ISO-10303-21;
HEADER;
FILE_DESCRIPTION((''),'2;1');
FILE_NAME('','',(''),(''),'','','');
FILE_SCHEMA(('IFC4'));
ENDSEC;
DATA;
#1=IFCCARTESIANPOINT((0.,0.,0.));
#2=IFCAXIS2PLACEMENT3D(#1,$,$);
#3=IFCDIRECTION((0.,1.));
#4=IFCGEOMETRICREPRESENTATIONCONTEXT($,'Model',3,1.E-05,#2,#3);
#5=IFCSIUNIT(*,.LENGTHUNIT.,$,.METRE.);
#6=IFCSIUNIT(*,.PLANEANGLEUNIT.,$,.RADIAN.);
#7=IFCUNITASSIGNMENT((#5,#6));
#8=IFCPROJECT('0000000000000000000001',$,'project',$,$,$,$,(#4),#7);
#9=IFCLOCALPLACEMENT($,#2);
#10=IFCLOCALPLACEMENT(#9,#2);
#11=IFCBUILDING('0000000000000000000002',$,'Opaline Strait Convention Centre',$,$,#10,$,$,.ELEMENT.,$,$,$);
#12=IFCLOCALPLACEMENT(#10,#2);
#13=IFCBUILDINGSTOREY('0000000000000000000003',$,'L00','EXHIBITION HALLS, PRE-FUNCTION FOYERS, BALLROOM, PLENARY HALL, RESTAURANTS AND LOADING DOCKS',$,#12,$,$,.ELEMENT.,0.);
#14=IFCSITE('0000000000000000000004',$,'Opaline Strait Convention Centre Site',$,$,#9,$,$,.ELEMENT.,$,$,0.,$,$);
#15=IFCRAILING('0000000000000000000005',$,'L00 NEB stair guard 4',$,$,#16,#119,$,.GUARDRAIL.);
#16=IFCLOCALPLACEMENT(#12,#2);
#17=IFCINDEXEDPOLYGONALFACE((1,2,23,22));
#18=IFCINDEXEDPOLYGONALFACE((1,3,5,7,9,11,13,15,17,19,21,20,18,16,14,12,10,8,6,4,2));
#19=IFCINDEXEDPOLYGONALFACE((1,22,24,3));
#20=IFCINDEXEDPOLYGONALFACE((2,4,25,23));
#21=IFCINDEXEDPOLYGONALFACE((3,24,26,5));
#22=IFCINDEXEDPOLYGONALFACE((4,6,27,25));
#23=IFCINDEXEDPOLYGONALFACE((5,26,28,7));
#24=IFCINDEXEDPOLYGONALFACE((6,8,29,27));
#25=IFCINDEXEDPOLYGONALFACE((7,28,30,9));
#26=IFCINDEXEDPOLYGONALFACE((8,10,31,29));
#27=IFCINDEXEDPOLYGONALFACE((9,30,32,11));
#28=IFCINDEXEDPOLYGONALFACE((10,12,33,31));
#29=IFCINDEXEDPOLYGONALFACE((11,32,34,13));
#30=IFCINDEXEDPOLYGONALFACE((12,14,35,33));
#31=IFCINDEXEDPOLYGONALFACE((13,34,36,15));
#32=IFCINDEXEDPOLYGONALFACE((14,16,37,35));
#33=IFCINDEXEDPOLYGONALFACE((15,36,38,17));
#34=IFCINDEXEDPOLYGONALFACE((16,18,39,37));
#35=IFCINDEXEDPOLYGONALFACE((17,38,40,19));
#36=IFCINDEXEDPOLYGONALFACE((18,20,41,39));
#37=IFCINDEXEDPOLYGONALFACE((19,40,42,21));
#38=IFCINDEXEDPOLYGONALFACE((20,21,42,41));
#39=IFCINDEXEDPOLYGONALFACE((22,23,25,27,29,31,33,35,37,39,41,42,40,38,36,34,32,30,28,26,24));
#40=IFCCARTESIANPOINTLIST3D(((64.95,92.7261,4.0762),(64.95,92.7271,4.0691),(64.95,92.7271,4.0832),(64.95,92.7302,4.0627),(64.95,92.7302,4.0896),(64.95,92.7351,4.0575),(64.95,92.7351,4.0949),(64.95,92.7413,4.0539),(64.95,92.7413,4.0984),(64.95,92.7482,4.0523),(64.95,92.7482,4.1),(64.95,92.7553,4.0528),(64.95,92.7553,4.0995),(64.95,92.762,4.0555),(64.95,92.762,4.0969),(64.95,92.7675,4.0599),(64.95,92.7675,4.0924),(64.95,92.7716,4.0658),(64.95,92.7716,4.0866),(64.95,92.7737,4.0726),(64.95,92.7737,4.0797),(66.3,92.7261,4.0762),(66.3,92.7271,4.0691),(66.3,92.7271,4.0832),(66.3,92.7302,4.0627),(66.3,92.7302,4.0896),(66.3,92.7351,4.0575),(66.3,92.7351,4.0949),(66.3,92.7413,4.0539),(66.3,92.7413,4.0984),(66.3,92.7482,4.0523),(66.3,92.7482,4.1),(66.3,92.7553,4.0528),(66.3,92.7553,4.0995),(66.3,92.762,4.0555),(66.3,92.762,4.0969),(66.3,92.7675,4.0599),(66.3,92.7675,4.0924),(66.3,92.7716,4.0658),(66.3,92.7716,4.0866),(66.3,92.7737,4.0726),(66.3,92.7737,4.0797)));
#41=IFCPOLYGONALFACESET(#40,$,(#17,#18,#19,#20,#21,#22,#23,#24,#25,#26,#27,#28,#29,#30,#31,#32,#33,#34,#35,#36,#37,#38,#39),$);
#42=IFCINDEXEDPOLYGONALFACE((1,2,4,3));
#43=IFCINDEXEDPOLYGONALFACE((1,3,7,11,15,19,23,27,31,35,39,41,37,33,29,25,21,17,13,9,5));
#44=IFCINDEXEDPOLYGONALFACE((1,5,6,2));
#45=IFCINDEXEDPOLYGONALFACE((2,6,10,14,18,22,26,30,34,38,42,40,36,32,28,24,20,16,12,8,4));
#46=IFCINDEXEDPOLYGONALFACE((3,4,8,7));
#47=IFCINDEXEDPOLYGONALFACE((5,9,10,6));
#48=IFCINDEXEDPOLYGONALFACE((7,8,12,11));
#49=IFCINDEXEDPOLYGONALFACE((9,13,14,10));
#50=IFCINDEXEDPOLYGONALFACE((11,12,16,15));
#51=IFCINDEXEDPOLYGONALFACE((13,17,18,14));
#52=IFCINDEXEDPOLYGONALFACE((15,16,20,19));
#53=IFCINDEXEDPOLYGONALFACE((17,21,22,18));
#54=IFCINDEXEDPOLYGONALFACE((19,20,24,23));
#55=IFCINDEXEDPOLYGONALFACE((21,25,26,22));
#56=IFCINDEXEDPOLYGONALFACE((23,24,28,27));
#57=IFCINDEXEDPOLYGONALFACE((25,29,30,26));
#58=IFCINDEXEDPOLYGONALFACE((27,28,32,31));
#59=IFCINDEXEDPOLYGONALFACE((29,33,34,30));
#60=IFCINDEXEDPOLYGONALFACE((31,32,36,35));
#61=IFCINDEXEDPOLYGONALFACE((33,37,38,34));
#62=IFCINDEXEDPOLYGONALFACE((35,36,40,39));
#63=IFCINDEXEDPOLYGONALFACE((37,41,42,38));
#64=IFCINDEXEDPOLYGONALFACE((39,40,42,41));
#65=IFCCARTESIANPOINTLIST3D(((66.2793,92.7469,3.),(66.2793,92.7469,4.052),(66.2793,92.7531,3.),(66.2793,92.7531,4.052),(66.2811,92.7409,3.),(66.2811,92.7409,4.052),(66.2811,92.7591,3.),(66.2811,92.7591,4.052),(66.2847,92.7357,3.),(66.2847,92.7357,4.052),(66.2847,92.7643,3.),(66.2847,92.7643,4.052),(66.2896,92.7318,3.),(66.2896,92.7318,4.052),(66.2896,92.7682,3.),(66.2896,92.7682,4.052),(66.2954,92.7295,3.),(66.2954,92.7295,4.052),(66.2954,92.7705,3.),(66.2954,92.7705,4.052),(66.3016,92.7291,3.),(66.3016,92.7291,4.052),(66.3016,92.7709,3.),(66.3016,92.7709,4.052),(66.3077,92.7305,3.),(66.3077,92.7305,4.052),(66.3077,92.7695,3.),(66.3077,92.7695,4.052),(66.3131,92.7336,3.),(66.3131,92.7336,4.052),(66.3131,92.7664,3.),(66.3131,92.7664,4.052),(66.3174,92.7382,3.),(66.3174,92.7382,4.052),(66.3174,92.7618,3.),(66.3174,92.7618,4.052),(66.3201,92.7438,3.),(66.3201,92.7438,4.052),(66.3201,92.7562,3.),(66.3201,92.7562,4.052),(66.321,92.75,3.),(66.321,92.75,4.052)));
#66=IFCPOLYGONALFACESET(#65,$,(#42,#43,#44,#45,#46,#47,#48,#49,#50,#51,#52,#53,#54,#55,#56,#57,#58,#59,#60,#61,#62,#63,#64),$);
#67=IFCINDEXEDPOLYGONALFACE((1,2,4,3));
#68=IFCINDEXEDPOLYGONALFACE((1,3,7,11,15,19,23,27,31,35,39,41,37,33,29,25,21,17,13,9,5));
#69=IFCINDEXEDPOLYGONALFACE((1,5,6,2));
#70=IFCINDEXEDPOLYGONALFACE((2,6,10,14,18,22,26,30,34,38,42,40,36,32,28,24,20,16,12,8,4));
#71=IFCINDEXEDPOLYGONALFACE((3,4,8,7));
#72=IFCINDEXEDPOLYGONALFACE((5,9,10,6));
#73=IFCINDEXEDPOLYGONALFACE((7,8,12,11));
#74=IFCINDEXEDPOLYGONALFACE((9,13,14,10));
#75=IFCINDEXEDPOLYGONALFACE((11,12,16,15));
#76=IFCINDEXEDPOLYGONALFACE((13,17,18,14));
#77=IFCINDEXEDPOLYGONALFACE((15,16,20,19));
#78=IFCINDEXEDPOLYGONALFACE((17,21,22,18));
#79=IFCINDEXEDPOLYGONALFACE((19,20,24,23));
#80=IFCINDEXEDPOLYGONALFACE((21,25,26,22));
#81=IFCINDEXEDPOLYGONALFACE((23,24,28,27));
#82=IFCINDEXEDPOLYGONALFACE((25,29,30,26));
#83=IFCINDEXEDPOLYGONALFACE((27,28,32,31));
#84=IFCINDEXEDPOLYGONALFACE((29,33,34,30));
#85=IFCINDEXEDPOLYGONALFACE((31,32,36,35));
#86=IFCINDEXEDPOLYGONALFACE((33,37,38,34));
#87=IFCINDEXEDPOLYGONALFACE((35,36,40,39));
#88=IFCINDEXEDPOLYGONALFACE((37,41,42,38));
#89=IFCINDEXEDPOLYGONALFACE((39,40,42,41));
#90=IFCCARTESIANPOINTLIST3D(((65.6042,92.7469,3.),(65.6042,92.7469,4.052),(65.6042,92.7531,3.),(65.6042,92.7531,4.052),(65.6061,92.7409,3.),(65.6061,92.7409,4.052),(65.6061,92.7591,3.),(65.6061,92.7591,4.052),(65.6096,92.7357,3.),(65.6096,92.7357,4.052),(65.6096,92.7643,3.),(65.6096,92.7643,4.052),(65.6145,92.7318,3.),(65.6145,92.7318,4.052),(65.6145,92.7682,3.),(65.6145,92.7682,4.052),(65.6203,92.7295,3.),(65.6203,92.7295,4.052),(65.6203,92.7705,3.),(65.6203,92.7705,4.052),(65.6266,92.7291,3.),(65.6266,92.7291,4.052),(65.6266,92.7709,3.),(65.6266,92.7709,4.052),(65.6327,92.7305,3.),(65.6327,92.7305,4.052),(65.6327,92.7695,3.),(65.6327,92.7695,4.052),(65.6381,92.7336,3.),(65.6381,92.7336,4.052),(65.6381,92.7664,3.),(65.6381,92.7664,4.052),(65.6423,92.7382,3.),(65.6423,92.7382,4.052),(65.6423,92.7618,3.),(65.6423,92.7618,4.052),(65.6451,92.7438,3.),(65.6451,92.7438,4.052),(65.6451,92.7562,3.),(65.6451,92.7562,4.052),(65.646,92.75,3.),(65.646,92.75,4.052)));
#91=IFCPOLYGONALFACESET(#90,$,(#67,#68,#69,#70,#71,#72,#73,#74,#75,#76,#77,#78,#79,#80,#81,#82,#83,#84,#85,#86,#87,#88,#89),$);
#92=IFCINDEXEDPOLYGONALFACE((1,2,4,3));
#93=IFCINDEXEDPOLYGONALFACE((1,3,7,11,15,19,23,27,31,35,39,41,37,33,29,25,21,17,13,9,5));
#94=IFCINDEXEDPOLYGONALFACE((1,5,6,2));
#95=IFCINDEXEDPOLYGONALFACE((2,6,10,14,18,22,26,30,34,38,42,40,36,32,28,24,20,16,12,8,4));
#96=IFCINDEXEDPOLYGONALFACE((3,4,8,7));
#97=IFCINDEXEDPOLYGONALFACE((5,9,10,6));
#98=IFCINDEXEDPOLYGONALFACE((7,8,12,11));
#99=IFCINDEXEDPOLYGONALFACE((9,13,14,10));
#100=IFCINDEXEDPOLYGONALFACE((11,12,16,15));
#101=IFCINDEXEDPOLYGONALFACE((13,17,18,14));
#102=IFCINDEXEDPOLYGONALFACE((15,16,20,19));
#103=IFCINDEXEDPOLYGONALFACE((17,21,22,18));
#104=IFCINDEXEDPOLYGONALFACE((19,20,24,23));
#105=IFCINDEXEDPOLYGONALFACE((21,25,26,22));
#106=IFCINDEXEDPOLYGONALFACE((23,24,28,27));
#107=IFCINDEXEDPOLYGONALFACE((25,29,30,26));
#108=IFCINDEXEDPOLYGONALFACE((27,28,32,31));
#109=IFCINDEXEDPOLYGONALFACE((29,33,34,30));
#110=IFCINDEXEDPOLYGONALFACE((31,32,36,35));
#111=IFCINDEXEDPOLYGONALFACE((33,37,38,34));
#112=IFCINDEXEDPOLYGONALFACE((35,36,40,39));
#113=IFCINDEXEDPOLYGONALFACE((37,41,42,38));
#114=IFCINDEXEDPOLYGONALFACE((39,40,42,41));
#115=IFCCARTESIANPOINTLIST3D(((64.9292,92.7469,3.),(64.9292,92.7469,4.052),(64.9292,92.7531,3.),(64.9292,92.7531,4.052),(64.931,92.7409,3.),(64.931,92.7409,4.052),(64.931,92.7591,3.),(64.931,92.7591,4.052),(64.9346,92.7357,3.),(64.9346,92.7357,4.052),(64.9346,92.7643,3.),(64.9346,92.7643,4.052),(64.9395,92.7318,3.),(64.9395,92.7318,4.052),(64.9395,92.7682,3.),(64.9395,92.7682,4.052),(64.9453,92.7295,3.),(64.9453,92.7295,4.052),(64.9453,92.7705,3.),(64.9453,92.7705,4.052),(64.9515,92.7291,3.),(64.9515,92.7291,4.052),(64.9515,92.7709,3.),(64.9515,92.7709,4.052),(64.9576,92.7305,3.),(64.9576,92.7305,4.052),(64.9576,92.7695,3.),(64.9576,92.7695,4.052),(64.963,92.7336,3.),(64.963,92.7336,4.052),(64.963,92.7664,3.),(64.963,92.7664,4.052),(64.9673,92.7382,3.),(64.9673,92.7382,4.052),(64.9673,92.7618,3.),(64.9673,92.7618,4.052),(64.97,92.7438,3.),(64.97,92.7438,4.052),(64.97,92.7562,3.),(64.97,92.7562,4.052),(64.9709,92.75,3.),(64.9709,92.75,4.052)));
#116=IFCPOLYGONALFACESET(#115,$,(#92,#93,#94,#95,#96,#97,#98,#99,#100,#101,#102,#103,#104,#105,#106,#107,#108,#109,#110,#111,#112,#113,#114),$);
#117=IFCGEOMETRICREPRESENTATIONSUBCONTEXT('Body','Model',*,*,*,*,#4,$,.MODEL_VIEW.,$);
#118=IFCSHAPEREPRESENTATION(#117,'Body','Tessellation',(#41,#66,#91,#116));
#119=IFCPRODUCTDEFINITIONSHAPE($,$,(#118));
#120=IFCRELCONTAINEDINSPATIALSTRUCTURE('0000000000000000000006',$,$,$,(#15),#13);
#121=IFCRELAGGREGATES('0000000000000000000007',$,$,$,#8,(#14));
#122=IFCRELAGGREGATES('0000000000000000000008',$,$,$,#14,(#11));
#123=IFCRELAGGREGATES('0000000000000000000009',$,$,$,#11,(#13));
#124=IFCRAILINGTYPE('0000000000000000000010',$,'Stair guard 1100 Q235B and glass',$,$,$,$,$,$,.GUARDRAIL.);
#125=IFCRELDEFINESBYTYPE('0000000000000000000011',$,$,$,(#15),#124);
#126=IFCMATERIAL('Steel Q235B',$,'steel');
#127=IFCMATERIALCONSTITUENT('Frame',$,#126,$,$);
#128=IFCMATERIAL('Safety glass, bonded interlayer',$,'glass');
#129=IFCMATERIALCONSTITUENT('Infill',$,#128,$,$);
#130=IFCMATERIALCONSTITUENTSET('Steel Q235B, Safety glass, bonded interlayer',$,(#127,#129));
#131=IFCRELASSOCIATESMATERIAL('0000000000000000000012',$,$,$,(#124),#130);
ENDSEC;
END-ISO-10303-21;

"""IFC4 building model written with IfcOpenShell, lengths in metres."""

from ifc_helpers import new_model, si_unit, direction, frame, origin, origin_2d, place, context, subcontext, project, spatial, circle, extrude, material, constituent, constituent_set, type_object, element, save


model = new_model("IFC4")

# Units and contexts
model_context = context("Model", 3, precision=1e-05, world=origin(), true_north=direction((0.0, 1.0)))
body_context = subcontext(model_context, "Body", "Model", "MODEL_VIEW")
ifc_project = project(units=[si_unit("LENGTHUNIT", "METRE"), si_unit("PLANEANGLEUNIT", "RADIAN")], contexts=[model_context])

# Site, building, storey
site_placement = place(None, origin())
site = spatial("IfcSite", under=ifc_project, at=site_placement, Name="Opaline Strait Convention Centre Site", CompositionType="ELEMENT", RefElevation=0.0)
building_placement = place(site_placement, origin())
building = spatial("IfcBuilding", under=site, at=building_placement, Name="Opaline Strait Convention Centre", CompositionType="ELEMENT")
storey_placement = place(building_placement, origin())
storey = spatial("IfcBuildingStorey", under=building, at=storey_placement, Name="L00", Description="EXHIBITION HALLS, PRE-FUNCTION FOYERS, BALLROOM, PLENARY HALL, RESTAURANTS AND LOADING DOCKS", CompositionType="ELEMENT", Elevation=0.0)

# Railing
ifc_material_1 = material(Name="Steel Q235B", Category="steel")
ifc_constituent_1 = constituent(ifc_material_1, Name="Frame")
ifc_material_2 = material(Name="Safety glass, bonded interlayer", Category="glass")
ifc_constituent_2 = constituent(ifc_material_2, Name="Infill")
ifc_constituent_set = constituent_set(constituents=[ifc_constituent_1, ifc_constituent_2], Name="Steel Q235B, Safety glass, bonded interlayer")
railing_type_1 = type_object("IfcRailingType", Name="Stair guard 1100 Q235B and glass", PredefinedType="GUARDRAIL", material=ifc_constituent_set)
railing_1_placement = place(storey_placement, frame((66.3, 92.75, 3.0)))
element("IfcRailing", 1, at=railing_1_placement, inside=storey, type_object=railing_type_1, Name="L00 NEB stair guard 4", PredefinedType="GUARDRAIL", context=body_context, shape_type="SweptSolid", body=[
    extrude(circle(Radius=0.0239, at=origin_2d()), frame((0.0, 0.0, 1.0762), z_axis=(-1.0, 0.0, 0.0), x_axis=(0.0, -1.0, 0.0)), (0.0, 0.0, 1.0), 1.3501),
    extrude(circle(Radius=0.021, at=origin_2d()), origin(), (0.0, 0.0, 1.0), 1.052),
    extrude(circle(Radius=0.021, at=origin_2d()), frame((-0.675, 0.0, 0.0)), (0.0, 0.0, 1.0), 1.052),
    extrude(circle(Radius=0.021, at=origin_2d()), frame((-1.3501, 0.0, 0.0)), (0.0, 0.0, 1.0), 1.052),
])

save(model, "model.ifc")
